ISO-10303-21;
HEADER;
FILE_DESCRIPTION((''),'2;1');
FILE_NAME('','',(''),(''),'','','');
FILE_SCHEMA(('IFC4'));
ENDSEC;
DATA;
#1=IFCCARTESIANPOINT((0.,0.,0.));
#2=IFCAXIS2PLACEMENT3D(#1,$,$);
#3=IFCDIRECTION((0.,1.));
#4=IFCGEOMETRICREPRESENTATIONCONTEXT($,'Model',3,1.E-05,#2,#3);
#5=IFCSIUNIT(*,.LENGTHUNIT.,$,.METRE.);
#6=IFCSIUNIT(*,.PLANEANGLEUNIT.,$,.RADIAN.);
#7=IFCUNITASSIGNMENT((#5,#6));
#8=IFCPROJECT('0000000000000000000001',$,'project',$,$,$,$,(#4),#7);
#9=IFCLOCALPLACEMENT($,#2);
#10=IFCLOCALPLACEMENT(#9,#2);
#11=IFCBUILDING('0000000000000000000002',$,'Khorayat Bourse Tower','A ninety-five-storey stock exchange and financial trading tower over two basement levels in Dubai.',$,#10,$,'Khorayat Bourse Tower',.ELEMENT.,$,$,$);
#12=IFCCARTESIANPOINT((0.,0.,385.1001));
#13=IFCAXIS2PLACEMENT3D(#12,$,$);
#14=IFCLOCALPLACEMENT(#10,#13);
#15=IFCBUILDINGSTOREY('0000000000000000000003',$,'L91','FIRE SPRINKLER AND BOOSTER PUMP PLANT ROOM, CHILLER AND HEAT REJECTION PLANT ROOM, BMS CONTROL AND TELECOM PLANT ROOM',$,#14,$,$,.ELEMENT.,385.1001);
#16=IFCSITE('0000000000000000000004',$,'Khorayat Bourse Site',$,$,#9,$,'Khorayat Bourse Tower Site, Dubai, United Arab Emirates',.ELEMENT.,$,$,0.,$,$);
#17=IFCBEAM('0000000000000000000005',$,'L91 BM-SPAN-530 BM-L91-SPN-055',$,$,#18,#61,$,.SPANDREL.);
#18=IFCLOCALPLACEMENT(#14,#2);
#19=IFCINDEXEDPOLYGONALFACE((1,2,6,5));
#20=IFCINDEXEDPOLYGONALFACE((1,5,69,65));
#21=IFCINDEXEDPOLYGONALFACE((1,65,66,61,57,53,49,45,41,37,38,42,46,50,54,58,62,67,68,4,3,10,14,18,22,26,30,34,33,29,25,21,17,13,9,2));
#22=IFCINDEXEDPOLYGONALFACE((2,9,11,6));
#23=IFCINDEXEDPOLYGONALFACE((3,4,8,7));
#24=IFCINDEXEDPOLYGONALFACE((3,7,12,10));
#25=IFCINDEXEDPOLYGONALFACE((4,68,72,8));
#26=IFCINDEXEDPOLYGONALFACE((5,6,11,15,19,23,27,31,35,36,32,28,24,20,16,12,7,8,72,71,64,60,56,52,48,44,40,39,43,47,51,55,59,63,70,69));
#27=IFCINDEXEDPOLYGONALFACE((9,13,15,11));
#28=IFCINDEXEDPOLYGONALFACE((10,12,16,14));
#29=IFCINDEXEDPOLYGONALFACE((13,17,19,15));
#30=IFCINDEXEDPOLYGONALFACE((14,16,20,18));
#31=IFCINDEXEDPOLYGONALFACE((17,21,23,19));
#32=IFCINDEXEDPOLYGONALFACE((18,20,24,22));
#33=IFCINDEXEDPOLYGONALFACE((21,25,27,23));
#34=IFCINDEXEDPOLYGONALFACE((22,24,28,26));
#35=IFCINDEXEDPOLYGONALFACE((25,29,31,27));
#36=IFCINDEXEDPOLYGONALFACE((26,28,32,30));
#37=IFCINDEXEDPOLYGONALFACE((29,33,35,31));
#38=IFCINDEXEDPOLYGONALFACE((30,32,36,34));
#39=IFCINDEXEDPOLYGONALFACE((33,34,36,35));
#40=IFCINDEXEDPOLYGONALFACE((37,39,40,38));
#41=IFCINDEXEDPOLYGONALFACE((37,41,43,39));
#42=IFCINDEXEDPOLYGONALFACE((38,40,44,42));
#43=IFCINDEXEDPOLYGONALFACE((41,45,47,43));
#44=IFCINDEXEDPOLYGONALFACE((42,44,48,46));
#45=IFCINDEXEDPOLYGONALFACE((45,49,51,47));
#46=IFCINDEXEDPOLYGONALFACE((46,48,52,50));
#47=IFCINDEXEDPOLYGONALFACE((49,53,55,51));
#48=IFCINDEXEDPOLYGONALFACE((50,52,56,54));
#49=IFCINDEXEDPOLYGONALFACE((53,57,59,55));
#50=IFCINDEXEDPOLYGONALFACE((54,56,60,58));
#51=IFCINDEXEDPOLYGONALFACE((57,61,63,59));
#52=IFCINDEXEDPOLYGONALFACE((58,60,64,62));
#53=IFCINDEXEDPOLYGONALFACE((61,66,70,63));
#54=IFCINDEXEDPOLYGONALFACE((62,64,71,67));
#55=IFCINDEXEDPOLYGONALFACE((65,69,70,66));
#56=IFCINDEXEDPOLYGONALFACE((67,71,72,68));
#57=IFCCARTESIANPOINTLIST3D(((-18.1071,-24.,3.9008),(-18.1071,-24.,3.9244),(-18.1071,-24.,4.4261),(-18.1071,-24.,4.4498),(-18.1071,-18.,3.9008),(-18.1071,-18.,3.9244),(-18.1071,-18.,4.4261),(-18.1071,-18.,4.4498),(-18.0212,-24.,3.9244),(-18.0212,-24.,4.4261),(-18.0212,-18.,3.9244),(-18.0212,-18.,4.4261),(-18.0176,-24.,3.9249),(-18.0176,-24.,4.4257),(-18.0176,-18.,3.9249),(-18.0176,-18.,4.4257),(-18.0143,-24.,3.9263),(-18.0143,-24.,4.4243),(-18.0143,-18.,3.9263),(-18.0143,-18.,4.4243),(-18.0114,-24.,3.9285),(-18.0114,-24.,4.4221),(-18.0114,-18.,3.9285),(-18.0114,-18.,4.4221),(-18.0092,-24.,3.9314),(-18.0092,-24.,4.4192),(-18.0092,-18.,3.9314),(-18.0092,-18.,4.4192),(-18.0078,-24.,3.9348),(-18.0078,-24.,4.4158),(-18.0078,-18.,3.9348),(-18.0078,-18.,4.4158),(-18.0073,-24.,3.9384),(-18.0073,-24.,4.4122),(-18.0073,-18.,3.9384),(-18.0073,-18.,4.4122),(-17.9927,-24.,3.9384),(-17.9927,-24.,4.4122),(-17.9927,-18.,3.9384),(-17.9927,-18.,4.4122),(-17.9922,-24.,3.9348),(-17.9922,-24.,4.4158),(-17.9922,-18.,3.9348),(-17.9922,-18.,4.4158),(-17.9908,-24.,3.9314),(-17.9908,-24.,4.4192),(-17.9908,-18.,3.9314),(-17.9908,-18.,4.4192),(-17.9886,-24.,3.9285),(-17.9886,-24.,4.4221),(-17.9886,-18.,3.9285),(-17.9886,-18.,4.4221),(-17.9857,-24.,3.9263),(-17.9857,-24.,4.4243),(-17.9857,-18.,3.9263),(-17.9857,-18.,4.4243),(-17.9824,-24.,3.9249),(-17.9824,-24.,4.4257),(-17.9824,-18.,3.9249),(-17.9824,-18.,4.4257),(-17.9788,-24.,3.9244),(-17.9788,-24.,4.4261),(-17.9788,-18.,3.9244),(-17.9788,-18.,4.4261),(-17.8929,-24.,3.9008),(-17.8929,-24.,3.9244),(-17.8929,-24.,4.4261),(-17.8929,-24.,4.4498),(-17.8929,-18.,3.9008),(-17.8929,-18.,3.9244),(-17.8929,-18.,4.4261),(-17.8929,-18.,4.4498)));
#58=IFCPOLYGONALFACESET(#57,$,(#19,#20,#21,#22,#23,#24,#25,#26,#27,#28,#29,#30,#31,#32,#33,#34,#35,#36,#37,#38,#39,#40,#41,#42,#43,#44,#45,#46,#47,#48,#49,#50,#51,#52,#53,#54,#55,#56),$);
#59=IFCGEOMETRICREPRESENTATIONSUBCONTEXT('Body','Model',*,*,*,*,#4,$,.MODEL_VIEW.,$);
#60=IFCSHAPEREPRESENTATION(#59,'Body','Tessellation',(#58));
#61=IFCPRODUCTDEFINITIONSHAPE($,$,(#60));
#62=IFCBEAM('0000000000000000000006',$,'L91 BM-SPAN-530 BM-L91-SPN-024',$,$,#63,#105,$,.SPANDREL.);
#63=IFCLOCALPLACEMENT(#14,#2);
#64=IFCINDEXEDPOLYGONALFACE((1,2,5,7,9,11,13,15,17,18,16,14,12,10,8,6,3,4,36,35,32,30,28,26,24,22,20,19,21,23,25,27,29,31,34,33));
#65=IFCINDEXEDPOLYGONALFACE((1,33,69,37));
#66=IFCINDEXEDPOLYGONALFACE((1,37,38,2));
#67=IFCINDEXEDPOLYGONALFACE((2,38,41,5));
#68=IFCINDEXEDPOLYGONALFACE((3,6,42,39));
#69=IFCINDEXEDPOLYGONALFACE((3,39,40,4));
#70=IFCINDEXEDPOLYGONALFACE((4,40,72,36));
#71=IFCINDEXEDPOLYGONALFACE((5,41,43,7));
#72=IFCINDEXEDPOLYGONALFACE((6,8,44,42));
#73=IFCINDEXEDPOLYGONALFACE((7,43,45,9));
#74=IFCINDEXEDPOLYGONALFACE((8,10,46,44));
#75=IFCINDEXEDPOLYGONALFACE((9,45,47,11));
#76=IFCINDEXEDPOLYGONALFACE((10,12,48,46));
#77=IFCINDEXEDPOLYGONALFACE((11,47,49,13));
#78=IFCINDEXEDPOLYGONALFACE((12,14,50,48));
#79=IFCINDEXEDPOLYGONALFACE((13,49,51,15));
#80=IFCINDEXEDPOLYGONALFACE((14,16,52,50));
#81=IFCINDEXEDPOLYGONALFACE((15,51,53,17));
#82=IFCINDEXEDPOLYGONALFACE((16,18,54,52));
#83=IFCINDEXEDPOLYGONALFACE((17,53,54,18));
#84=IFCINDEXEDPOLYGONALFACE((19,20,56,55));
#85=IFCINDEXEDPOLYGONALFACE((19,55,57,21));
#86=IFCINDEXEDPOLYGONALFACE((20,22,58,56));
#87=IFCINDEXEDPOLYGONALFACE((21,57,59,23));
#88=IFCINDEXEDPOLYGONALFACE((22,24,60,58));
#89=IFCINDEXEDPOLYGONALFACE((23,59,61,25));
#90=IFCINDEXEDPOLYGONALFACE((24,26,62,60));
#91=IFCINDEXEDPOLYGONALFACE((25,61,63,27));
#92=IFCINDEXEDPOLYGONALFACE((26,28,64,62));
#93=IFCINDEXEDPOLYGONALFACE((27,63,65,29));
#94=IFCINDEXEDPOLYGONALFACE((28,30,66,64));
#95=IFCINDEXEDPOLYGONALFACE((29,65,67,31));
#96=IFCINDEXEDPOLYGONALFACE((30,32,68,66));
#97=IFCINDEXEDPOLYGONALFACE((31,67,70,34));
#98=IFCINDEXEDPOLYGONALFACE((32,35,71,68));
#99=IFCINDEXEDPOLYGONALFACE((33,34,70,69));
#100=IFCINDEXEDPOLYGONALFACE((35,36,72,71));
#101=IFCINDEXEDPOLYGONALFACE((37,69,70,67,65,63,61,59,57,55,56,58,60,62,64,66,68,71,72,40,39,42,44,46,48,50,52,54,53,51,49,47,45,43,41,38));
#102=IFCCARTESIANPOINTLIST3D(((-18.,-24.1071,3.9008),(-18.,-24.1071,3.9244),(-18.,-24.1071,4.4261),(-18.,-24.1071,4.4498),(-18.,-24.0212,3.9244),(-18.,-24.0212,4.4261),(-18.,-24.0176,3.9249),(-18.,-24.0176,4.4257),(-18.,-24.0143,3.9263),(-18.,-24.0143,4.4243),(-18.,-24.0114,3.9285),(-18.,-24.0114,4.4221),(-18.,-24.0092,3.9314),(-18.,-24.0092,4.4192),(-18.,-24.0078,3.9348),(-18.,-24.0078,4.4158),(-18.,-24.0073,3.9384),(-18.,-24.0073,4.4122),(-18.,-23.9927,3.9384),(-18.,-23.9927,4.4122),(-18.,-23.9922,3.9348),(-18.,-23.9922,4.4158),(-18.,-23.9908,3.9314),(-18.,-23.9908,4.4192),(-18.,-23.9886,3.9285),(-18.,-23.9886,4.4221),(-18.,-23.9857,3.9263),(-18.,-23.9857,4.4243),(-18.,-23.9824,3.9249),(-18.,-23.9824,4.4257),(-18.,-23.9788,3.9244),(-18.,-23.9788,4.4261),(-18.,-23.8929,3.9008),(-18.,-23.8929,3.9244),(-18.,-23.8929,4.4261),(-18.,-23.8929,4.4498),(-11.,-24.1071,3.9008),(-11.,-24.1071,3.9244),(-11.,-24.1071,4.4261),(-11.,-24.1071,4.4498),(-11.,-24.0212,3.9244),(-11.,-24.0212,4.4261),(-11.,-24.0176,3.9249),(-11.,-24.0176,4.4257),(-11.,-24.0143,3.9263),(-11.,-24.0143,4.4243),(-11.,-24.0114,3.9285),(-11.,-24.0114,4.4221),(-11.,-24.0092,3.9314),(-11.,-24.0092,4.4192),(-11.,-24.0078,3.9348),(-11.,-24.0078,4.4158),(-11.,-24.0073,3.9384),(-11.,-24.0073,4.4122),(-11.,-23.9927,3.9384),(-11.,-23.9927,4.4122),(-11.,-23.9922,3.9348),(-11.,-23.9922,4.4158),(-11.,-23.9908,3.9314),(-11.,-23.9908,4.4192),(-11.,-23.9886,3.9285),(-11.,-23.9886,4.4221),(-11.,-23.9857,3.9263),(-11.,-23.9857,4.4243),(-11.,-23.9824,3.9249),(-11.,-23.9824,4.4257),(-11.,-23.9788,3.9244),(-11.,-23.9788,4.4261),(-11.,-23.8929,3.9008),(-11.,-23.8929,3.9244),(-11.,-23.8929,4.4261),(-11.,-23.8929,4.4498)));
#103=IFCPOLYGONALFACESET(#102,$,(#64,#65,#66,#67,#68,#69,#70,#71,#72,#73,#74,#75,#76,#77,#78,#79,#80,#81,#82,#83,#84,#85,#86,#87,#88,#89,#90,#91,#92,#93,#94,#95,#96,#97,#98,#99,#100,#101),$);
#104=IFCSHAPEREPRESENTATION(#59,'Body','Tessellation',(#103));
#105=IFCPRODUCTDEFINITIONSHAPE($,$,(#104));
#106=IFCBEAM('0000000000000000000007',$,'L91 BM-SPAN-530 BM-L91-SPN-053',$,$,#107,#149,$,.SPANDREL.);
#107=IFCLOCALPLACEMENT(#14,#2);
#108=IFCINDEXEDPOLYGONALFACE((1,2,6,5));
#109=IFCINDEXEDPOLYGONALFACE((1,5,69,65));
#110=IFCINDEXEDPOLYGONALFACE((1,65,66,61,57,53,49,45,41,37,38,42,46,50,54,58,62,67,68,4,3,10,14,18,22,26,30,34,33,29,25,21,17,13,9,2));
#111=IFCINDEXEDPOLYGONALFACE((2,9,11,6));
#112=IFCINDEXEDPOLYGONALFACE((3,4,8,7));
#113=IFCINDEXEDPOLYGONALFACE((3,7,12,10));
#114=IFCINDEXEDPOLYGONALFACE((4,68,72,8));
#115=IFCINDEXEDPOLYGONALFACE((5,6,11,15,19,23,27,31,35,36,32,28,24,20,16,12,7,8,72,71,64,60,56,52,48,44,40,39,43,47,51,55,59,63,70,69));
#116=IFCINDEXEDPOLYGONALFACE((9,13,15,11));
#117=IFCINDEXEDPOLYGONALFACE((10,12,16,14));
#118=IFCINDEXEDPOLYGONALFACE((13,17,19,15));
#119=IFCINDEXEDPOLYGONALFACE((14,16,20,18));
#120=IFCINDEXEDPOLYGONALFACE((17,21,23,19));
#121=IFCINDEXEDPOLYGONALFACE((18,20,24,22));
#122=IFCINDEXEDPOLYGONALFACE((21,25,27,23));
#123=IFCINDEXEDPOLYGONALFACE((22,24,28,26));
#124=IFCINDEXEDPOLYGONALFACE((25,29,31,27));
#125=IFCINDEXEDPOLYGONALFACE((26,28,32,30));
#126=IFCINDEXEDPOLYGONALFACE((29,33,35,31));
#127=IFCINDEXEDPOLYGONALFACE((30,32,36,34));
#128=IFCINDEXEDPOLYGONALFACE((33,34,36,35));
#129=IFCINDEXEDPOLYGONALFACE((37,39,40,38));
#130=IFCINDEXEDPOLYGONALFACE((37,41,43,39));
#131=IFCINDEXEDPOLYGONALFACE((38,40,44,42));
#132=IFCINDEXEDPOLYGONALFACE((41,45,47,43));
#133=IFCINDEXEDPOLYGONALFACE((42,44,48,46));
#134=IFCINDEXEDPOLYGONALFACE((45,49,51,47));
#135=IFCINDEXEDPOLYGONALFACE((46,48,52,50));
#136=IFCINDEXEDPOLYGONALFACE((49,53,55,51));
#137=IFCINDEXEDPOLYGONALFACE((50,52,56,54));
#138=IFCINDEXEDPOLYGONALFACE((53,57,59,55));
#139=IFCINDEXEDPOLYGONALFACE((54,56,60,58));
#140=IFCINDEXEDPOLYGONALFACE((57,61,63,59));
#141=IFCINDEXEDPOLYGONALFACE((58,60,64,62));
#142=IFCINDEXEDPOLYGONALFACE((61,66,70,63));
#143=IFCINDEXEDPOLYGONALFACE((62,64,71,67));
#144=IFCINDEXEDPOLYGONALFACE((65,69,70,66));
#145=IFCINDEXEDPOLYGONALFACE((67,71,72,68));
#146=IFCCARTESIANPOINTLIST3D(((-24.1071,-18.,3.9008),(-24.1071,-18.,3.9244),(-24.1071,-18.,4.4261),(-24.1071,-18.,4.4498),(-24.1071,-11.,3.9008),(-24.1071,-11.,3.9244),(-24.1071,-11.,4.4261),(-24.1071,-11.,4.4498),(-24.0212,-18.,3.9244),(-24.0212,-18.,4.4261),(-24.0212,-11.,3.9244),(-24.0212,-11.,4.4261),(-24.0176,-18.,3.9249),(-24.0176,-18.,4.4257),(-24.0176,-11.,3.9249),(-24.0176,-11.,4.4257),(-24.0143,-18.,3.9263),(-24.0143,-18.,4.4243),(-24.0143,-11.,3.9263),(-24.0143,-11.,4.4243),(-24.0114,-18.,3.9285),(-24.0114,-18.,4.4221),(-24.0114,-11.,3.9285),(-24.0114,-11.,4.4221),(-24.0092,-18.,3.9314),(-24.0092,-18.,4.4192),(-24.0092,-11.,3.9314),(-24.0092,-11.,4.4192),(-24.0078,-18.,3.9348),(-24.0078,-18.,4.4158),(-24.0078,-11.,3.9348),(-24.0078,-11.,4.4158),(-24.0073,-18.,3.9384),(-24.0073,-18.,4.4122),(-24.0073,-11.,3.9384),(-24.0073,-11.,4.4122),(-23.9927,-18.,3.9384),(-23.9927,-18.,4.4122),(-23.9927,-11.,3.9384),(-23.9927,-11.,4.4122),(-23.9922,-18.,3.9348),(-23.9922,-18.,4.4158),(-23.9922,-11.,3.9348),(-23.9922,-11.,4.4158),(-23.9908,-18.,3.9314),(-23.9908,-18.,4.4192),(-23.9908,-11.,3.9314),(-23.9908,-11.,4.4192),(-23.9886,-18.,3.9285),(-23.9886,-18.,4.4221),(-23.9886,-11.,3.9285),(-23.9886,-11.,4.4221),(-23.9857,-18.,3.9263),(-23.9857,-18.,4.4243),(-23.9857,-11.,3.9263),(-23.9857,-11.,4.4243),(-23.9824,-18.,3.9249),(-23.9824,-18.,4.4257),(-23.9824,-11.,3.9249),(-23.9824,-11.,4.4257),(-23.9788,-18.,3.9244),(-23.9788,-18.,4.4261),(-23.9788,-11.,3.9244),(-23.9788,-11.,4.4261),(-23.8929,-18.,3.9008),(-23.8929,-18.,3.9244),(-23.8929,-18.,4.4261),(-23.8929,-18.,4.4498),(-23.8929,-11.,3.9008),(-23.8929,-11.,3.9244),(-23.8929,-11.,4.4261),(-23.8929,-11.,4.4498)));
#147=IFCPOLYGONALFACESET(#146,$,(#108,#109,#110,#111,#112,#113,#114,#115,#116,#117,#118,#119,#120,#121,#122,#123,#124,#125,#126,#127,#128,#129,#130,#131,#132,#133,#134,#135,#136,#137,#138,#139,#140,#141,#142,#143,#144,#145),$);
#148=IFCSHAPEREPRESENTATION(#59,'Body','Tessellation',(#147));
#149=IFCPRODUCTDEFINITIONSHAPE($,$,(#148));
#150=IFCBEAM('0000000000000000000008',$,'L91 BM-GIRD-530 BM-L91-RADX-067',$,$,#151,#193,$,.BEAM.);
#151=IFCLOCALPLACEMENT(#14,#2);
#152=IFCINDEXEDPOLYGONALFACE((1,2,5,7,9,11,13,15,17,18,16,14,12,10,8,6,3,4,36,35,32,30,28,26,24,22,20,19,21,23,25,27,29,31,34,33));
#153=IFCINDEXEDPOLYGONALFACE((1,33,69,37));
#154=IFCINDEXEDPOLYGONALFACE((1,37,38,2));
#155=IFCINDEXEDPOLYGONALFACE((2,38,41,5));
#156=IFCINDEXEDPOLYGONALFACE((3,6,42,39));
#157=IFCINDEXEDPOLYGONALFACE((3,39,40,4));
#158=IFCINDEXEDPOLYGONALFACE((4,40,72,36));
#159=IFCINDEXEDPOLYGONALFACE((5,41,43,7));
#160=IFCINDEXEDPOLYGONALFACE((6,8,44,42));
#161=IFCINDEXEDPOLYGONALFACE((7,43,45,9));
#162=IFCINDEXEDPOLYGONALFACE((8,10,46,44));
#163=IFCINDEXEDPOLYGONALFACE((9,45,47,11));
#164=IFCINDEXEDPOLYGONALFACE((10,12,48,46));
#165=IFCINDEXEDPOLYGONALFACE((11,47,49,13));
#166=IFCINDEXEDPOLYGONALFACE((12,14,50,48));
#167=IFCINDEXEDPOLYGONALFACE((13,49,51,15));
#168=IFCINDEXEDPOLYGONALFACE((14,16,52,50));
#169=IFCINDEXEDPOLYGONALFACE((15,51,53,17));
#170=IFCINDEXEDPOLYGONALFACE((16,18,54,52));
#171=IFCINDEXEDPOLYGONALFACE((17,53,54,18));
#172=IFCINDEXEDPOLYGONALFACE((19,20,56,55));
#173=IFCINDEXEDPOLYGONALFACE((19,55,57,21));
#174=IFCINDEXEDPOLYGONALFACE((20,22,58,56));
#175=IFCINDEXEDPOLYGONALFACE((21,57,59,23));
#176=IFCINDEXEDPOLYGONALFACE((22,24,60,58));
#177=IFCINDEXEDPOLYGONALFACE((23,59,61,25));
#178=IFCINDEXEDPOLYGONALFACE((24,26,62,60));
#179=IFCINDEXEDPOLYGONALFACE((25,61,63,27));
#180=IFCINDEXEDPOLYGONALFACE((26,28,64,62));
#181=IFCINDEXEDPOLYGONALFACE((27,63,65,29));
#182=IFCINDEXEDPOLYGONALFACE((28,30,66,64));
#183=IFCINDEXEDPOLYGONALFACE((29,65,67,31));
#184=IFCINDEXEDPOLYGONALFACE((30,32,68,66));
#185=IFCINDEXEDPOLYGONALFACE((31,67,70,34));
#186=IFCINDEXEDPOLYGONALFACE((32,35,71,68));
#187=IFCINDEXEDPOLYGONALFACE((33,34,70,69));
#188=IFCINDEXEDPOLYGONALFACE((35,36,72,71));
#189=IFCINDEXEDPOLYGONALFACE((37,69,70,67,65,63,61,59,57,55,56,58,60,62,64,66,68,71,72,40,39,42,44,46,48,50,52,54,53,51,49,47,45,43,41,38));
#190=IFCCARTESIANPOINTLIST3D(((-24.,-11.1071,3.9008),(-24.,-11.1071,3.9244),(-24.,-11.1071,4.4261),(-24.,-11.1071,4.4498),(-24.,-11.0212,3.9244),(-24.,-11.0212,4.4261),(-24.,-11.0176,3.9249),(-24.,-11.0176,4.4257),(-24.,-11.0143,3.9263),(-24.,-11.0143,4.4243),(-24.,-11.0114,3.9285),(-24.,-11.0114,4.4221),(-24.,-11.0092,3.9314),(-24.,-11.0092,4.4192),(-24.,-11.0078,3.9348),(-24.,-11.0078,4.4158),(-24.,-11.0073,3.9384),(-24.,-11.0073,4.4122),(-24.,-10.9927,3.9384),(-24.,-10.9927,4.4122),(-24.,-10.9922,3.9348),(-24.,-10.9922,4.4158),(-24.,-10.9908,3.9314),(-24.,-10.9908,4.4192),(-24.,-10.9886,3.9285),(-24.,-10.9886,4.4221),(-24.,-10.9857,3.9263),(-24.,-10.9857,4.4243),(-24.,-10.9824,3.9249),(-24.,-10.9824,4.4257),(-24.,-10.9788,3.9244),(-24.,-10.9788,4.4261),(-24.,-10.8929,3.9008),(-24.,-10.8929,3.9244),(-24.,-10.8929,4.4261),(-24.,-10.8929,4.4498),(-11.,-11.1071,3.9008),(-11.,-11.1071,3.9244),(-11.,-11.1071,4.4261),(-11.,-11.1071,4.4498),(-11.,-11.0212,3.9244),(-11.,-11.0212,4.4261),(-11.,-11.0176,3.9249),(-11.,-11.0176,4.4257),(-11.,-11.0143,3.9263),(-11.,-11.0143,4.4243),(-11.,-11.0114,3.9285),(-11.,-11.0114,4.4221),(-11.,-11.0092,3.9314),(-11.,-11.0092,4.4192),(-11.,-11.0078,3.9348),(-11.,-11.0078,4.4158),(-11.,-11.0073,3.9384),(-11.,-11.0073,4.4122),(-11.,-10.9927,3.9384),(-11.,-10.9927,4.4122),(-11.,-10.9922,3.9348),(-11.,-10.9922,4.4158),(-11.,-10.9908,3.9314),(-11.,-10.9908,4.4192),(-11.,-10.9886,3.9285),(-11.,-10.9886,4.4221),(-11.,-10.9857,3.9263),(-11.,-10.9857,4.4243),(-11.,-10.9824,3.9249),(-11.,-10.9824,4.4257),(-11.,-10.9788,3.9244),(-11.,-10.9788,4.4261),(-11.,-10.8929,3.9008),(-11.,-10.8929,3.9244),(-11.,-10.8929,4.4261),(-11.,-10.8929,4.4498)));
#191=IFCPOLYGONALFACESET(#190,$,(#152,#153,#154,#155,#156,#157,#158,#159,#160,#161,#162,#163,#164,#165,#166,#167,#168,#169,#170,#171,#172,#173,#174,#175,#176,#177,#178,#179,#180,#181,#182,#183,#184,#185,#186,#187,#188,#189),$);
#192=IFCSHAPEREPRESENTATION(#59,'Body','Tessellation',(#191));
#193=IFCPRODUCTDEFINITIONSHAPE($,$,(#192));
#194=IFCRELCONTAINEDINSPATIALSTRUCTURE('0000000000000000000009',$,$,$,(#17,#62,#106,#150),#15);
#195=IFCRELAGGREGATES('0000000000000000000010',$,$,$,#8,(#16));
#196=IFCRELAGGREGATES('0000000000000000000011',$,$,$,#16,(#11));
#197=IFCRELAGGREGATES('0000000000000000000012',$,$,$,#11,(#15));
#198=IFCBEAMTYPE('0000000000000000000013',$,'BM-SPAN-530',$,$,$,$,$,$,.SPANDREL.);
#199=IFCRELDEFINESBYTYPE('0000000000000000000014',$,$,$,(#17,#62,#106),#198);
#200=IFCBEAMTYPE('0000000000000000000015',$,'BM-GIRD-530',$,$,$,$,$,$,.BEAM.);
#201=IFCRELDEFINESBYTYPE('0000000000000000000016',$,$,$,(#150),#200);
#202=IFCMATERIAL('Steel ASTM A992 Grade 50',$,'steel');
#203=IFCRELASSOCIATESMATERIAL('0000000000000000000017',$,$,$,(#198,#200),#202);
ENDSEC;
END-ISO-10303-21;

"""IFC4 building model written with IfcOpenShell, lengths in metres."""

from ifc_helpers import new_model, si_unit, direction, frame, origin, origin_2d, place, context, subcontext, project, spatial, i_section, extrude, source, transform, mapped, material, material_profile, profile_set, type_object, element, save


model = new_model("IFC4")

# Units and contexts
model_context = context("Model", 3, precision=1e-05, world=origin(), true_north=direction((0.0, 1.0)))
body_context = subcontext(model_context, "Body", "Model", "MODEL_VIEW")
ifc_project = project(units=[si_unit("LENGTHUNIT", "METRE"), si_unit("PLANEANGLEUNIT", "RADIAN")], contexts=[model_context])

# Site, building, storey
site_placement = place(None, origin())
site = spatial("IfcSite", under=ifc_project, at=site_placement, Name="Khorayat Bourse Site", LongName="Khorayat Bourse Tower Site, Dubai, United Arab Emirates", CompositionType="ELEMENT", RefElevation=0.0)
building_placement = place(site_placement, origin())
building = spatial("IfcBuilding", under=site, at=building_placement, Name="Khorayat Bourse Tower", Description="A ninety-five-storey stock exchange and financial trading tower over two basement levels in Dubai.", LongName="Khorayat Bourse Tower", CompositionType="ELEMENT")
storey_placement = place(building_placement, frame((0.0, 0.0, 385.1001)))
storey = spatial("IfcBuildingStorey", under=building, at=storey_placement, Name="L91", Description="FIRE SPRINKLER AND BOOSTER PUMP PLANT ROOM, CHILLER AND HEAT REJECTION PLANT ROOM, BMS CONTROL AND TELECOM PLANT ROOM", CompositionType="ELEMENT", Elevation=385.1001)

# Beams
ifc_material_1 = material(Name="Steel ASTM A992 Grade 50", Category="steel")
ifc_material_profile_1 = material_profile(ifc_material_1, i_section(OverallWidth=0.2141, OverallDepth=0.5491, WebThickness=0.0146, FlangeThickness=0.0237, FilletRadius=0.0139, at=origin_2d()), Name="W530X138")
ifc_profile_set_1 = profile_set([ifc_material_profile_1], Name="Steel ASTM A992 Grade 50")
beam_type_1 = type_object("IfcBeamType", Name="BM-SPAN-530", PredefinedType="SPANDREL", material=ifc_profile_set_1)
shared_shape_1 = source(origin(), body_context, "Body", "SweptSolid", [
    extrude(i_section(OverallWidth=0.2141, OverallDepth=0.5491, WebThickness=0.0146, FlangeThickness=0.0237, FilletRadius=0.0139, at=origin_2d()), origin(), (0.0, 0.0, 1.0), 6.0),
])
for number, where, z_axis, x_axis, name in (
    (1, (-18.0, -24.0, 4.1753), (0.0, 1.0, 0.0), (-1.0, 0.0, 0.0), "L91 BM-SPAN-530 BM-L91-SPN-055"),
):
    element("IfcBeam", number, at=place(storey_placement, frame(where, z_axis=z_axis, x_axis=x_axis)), inside=storey, type_object=beam_type_1, Name=name, PredefinedType="SPANDREL", context=body_context, shape_type="MappedRepresentation", body=[
        mapped(shared_shape_1, transform((0.0, 0.0, 0.0), scale=1.0)),
    ])
shared_shape_2 = source(origin(), body_context, "Body", "SweptSolid", [
    extrude(i_section(OverallWidth=0.2141, OverallDepth=0.5491, WebThickness=0.0146, FlangeThickness=0.0237, FilletRadius=0.0139, at=origin_2d()), origin(), (0.0, 0.0, 1.0), 7.0),
])
for number, where, z_axis, x_axis, name in (
    (2, (-18.0, -24.0, 4.1753), (1.0, 0.0, 0.0), (0.0, 1.0, 0.0), "L91 BM-SPAN-530 BM-L91-SPN-024"),
    (3, (-24.0, -18.0, 4.1753), (0.0, 1.0, 0.0), (-1.0, 0.0, 0.0), "L91 BM-SPAN-530 BM-L91-SPN-053"),
):
    element("IfcBeam", number, at=place(storey_placement, frame(where, z_axis=z_axis, x_axis=x_axis)), inside=storey, type_object=beam_type_1, Name=name, PredefinedType="SPANDREL", context=body_context, shape_type="MappedRepresentation", body=[
        mapped(shared_shape_2, transform((0.0, 0.0, 0.0), scale=1.0)),
    ])
ifc_material_profile_2 = material_profile(ifc_material_1, i_section(OverallWidth=0.2141, OverallDepth=0.5491, WebThickness=0.0146, FlangeThickness=0.0237, FilletRadius=0.0139, at=origin_2d()), Name="W530X138")
ifc_profile_set_2 = profile_set([ifc_material_profile_2], Name="Steel ASTM A992 Grade 50")
beam_type_2 = type_object("IfcBeamType", Name="BM-GIRD-530", PredefinedType="BEAM", material=ifc_profile_set_2)
shared_shape_3 = source(origin(), body_context, "Body", "SweptSolid", [
    extrude(i_section(OverallWidth=0.2141, OverallDepth=0.5491, WebThickness=0.0146, FlangeThickness=0.0237, FilletRadius=0.0139, at=origin_2d()), origin(), (0.0, 0.0, 1.0), 13.0),
])
beam_1_placement = place(storey_placement, frame((-24.0, -11.0, 4.1753), z_axis=(1.0, 0.0, 0.0), x_axis=(0.0, 1.0, 0.0)))
element("IfcBeam", 4, at=beam_1_placement, inside=storey, type_object=beam_type_2, Name="L91 BM-GIRD-530 BM-L91-RADX-067", PredefinedType="BEAM", context=body_context, shape_type="MappedRepresentation", body=[
    mapped(shared_shape_3, transform((0.0, 0.0, 0.0), scale=1.0)),
])

save(model, "model.ifc")
